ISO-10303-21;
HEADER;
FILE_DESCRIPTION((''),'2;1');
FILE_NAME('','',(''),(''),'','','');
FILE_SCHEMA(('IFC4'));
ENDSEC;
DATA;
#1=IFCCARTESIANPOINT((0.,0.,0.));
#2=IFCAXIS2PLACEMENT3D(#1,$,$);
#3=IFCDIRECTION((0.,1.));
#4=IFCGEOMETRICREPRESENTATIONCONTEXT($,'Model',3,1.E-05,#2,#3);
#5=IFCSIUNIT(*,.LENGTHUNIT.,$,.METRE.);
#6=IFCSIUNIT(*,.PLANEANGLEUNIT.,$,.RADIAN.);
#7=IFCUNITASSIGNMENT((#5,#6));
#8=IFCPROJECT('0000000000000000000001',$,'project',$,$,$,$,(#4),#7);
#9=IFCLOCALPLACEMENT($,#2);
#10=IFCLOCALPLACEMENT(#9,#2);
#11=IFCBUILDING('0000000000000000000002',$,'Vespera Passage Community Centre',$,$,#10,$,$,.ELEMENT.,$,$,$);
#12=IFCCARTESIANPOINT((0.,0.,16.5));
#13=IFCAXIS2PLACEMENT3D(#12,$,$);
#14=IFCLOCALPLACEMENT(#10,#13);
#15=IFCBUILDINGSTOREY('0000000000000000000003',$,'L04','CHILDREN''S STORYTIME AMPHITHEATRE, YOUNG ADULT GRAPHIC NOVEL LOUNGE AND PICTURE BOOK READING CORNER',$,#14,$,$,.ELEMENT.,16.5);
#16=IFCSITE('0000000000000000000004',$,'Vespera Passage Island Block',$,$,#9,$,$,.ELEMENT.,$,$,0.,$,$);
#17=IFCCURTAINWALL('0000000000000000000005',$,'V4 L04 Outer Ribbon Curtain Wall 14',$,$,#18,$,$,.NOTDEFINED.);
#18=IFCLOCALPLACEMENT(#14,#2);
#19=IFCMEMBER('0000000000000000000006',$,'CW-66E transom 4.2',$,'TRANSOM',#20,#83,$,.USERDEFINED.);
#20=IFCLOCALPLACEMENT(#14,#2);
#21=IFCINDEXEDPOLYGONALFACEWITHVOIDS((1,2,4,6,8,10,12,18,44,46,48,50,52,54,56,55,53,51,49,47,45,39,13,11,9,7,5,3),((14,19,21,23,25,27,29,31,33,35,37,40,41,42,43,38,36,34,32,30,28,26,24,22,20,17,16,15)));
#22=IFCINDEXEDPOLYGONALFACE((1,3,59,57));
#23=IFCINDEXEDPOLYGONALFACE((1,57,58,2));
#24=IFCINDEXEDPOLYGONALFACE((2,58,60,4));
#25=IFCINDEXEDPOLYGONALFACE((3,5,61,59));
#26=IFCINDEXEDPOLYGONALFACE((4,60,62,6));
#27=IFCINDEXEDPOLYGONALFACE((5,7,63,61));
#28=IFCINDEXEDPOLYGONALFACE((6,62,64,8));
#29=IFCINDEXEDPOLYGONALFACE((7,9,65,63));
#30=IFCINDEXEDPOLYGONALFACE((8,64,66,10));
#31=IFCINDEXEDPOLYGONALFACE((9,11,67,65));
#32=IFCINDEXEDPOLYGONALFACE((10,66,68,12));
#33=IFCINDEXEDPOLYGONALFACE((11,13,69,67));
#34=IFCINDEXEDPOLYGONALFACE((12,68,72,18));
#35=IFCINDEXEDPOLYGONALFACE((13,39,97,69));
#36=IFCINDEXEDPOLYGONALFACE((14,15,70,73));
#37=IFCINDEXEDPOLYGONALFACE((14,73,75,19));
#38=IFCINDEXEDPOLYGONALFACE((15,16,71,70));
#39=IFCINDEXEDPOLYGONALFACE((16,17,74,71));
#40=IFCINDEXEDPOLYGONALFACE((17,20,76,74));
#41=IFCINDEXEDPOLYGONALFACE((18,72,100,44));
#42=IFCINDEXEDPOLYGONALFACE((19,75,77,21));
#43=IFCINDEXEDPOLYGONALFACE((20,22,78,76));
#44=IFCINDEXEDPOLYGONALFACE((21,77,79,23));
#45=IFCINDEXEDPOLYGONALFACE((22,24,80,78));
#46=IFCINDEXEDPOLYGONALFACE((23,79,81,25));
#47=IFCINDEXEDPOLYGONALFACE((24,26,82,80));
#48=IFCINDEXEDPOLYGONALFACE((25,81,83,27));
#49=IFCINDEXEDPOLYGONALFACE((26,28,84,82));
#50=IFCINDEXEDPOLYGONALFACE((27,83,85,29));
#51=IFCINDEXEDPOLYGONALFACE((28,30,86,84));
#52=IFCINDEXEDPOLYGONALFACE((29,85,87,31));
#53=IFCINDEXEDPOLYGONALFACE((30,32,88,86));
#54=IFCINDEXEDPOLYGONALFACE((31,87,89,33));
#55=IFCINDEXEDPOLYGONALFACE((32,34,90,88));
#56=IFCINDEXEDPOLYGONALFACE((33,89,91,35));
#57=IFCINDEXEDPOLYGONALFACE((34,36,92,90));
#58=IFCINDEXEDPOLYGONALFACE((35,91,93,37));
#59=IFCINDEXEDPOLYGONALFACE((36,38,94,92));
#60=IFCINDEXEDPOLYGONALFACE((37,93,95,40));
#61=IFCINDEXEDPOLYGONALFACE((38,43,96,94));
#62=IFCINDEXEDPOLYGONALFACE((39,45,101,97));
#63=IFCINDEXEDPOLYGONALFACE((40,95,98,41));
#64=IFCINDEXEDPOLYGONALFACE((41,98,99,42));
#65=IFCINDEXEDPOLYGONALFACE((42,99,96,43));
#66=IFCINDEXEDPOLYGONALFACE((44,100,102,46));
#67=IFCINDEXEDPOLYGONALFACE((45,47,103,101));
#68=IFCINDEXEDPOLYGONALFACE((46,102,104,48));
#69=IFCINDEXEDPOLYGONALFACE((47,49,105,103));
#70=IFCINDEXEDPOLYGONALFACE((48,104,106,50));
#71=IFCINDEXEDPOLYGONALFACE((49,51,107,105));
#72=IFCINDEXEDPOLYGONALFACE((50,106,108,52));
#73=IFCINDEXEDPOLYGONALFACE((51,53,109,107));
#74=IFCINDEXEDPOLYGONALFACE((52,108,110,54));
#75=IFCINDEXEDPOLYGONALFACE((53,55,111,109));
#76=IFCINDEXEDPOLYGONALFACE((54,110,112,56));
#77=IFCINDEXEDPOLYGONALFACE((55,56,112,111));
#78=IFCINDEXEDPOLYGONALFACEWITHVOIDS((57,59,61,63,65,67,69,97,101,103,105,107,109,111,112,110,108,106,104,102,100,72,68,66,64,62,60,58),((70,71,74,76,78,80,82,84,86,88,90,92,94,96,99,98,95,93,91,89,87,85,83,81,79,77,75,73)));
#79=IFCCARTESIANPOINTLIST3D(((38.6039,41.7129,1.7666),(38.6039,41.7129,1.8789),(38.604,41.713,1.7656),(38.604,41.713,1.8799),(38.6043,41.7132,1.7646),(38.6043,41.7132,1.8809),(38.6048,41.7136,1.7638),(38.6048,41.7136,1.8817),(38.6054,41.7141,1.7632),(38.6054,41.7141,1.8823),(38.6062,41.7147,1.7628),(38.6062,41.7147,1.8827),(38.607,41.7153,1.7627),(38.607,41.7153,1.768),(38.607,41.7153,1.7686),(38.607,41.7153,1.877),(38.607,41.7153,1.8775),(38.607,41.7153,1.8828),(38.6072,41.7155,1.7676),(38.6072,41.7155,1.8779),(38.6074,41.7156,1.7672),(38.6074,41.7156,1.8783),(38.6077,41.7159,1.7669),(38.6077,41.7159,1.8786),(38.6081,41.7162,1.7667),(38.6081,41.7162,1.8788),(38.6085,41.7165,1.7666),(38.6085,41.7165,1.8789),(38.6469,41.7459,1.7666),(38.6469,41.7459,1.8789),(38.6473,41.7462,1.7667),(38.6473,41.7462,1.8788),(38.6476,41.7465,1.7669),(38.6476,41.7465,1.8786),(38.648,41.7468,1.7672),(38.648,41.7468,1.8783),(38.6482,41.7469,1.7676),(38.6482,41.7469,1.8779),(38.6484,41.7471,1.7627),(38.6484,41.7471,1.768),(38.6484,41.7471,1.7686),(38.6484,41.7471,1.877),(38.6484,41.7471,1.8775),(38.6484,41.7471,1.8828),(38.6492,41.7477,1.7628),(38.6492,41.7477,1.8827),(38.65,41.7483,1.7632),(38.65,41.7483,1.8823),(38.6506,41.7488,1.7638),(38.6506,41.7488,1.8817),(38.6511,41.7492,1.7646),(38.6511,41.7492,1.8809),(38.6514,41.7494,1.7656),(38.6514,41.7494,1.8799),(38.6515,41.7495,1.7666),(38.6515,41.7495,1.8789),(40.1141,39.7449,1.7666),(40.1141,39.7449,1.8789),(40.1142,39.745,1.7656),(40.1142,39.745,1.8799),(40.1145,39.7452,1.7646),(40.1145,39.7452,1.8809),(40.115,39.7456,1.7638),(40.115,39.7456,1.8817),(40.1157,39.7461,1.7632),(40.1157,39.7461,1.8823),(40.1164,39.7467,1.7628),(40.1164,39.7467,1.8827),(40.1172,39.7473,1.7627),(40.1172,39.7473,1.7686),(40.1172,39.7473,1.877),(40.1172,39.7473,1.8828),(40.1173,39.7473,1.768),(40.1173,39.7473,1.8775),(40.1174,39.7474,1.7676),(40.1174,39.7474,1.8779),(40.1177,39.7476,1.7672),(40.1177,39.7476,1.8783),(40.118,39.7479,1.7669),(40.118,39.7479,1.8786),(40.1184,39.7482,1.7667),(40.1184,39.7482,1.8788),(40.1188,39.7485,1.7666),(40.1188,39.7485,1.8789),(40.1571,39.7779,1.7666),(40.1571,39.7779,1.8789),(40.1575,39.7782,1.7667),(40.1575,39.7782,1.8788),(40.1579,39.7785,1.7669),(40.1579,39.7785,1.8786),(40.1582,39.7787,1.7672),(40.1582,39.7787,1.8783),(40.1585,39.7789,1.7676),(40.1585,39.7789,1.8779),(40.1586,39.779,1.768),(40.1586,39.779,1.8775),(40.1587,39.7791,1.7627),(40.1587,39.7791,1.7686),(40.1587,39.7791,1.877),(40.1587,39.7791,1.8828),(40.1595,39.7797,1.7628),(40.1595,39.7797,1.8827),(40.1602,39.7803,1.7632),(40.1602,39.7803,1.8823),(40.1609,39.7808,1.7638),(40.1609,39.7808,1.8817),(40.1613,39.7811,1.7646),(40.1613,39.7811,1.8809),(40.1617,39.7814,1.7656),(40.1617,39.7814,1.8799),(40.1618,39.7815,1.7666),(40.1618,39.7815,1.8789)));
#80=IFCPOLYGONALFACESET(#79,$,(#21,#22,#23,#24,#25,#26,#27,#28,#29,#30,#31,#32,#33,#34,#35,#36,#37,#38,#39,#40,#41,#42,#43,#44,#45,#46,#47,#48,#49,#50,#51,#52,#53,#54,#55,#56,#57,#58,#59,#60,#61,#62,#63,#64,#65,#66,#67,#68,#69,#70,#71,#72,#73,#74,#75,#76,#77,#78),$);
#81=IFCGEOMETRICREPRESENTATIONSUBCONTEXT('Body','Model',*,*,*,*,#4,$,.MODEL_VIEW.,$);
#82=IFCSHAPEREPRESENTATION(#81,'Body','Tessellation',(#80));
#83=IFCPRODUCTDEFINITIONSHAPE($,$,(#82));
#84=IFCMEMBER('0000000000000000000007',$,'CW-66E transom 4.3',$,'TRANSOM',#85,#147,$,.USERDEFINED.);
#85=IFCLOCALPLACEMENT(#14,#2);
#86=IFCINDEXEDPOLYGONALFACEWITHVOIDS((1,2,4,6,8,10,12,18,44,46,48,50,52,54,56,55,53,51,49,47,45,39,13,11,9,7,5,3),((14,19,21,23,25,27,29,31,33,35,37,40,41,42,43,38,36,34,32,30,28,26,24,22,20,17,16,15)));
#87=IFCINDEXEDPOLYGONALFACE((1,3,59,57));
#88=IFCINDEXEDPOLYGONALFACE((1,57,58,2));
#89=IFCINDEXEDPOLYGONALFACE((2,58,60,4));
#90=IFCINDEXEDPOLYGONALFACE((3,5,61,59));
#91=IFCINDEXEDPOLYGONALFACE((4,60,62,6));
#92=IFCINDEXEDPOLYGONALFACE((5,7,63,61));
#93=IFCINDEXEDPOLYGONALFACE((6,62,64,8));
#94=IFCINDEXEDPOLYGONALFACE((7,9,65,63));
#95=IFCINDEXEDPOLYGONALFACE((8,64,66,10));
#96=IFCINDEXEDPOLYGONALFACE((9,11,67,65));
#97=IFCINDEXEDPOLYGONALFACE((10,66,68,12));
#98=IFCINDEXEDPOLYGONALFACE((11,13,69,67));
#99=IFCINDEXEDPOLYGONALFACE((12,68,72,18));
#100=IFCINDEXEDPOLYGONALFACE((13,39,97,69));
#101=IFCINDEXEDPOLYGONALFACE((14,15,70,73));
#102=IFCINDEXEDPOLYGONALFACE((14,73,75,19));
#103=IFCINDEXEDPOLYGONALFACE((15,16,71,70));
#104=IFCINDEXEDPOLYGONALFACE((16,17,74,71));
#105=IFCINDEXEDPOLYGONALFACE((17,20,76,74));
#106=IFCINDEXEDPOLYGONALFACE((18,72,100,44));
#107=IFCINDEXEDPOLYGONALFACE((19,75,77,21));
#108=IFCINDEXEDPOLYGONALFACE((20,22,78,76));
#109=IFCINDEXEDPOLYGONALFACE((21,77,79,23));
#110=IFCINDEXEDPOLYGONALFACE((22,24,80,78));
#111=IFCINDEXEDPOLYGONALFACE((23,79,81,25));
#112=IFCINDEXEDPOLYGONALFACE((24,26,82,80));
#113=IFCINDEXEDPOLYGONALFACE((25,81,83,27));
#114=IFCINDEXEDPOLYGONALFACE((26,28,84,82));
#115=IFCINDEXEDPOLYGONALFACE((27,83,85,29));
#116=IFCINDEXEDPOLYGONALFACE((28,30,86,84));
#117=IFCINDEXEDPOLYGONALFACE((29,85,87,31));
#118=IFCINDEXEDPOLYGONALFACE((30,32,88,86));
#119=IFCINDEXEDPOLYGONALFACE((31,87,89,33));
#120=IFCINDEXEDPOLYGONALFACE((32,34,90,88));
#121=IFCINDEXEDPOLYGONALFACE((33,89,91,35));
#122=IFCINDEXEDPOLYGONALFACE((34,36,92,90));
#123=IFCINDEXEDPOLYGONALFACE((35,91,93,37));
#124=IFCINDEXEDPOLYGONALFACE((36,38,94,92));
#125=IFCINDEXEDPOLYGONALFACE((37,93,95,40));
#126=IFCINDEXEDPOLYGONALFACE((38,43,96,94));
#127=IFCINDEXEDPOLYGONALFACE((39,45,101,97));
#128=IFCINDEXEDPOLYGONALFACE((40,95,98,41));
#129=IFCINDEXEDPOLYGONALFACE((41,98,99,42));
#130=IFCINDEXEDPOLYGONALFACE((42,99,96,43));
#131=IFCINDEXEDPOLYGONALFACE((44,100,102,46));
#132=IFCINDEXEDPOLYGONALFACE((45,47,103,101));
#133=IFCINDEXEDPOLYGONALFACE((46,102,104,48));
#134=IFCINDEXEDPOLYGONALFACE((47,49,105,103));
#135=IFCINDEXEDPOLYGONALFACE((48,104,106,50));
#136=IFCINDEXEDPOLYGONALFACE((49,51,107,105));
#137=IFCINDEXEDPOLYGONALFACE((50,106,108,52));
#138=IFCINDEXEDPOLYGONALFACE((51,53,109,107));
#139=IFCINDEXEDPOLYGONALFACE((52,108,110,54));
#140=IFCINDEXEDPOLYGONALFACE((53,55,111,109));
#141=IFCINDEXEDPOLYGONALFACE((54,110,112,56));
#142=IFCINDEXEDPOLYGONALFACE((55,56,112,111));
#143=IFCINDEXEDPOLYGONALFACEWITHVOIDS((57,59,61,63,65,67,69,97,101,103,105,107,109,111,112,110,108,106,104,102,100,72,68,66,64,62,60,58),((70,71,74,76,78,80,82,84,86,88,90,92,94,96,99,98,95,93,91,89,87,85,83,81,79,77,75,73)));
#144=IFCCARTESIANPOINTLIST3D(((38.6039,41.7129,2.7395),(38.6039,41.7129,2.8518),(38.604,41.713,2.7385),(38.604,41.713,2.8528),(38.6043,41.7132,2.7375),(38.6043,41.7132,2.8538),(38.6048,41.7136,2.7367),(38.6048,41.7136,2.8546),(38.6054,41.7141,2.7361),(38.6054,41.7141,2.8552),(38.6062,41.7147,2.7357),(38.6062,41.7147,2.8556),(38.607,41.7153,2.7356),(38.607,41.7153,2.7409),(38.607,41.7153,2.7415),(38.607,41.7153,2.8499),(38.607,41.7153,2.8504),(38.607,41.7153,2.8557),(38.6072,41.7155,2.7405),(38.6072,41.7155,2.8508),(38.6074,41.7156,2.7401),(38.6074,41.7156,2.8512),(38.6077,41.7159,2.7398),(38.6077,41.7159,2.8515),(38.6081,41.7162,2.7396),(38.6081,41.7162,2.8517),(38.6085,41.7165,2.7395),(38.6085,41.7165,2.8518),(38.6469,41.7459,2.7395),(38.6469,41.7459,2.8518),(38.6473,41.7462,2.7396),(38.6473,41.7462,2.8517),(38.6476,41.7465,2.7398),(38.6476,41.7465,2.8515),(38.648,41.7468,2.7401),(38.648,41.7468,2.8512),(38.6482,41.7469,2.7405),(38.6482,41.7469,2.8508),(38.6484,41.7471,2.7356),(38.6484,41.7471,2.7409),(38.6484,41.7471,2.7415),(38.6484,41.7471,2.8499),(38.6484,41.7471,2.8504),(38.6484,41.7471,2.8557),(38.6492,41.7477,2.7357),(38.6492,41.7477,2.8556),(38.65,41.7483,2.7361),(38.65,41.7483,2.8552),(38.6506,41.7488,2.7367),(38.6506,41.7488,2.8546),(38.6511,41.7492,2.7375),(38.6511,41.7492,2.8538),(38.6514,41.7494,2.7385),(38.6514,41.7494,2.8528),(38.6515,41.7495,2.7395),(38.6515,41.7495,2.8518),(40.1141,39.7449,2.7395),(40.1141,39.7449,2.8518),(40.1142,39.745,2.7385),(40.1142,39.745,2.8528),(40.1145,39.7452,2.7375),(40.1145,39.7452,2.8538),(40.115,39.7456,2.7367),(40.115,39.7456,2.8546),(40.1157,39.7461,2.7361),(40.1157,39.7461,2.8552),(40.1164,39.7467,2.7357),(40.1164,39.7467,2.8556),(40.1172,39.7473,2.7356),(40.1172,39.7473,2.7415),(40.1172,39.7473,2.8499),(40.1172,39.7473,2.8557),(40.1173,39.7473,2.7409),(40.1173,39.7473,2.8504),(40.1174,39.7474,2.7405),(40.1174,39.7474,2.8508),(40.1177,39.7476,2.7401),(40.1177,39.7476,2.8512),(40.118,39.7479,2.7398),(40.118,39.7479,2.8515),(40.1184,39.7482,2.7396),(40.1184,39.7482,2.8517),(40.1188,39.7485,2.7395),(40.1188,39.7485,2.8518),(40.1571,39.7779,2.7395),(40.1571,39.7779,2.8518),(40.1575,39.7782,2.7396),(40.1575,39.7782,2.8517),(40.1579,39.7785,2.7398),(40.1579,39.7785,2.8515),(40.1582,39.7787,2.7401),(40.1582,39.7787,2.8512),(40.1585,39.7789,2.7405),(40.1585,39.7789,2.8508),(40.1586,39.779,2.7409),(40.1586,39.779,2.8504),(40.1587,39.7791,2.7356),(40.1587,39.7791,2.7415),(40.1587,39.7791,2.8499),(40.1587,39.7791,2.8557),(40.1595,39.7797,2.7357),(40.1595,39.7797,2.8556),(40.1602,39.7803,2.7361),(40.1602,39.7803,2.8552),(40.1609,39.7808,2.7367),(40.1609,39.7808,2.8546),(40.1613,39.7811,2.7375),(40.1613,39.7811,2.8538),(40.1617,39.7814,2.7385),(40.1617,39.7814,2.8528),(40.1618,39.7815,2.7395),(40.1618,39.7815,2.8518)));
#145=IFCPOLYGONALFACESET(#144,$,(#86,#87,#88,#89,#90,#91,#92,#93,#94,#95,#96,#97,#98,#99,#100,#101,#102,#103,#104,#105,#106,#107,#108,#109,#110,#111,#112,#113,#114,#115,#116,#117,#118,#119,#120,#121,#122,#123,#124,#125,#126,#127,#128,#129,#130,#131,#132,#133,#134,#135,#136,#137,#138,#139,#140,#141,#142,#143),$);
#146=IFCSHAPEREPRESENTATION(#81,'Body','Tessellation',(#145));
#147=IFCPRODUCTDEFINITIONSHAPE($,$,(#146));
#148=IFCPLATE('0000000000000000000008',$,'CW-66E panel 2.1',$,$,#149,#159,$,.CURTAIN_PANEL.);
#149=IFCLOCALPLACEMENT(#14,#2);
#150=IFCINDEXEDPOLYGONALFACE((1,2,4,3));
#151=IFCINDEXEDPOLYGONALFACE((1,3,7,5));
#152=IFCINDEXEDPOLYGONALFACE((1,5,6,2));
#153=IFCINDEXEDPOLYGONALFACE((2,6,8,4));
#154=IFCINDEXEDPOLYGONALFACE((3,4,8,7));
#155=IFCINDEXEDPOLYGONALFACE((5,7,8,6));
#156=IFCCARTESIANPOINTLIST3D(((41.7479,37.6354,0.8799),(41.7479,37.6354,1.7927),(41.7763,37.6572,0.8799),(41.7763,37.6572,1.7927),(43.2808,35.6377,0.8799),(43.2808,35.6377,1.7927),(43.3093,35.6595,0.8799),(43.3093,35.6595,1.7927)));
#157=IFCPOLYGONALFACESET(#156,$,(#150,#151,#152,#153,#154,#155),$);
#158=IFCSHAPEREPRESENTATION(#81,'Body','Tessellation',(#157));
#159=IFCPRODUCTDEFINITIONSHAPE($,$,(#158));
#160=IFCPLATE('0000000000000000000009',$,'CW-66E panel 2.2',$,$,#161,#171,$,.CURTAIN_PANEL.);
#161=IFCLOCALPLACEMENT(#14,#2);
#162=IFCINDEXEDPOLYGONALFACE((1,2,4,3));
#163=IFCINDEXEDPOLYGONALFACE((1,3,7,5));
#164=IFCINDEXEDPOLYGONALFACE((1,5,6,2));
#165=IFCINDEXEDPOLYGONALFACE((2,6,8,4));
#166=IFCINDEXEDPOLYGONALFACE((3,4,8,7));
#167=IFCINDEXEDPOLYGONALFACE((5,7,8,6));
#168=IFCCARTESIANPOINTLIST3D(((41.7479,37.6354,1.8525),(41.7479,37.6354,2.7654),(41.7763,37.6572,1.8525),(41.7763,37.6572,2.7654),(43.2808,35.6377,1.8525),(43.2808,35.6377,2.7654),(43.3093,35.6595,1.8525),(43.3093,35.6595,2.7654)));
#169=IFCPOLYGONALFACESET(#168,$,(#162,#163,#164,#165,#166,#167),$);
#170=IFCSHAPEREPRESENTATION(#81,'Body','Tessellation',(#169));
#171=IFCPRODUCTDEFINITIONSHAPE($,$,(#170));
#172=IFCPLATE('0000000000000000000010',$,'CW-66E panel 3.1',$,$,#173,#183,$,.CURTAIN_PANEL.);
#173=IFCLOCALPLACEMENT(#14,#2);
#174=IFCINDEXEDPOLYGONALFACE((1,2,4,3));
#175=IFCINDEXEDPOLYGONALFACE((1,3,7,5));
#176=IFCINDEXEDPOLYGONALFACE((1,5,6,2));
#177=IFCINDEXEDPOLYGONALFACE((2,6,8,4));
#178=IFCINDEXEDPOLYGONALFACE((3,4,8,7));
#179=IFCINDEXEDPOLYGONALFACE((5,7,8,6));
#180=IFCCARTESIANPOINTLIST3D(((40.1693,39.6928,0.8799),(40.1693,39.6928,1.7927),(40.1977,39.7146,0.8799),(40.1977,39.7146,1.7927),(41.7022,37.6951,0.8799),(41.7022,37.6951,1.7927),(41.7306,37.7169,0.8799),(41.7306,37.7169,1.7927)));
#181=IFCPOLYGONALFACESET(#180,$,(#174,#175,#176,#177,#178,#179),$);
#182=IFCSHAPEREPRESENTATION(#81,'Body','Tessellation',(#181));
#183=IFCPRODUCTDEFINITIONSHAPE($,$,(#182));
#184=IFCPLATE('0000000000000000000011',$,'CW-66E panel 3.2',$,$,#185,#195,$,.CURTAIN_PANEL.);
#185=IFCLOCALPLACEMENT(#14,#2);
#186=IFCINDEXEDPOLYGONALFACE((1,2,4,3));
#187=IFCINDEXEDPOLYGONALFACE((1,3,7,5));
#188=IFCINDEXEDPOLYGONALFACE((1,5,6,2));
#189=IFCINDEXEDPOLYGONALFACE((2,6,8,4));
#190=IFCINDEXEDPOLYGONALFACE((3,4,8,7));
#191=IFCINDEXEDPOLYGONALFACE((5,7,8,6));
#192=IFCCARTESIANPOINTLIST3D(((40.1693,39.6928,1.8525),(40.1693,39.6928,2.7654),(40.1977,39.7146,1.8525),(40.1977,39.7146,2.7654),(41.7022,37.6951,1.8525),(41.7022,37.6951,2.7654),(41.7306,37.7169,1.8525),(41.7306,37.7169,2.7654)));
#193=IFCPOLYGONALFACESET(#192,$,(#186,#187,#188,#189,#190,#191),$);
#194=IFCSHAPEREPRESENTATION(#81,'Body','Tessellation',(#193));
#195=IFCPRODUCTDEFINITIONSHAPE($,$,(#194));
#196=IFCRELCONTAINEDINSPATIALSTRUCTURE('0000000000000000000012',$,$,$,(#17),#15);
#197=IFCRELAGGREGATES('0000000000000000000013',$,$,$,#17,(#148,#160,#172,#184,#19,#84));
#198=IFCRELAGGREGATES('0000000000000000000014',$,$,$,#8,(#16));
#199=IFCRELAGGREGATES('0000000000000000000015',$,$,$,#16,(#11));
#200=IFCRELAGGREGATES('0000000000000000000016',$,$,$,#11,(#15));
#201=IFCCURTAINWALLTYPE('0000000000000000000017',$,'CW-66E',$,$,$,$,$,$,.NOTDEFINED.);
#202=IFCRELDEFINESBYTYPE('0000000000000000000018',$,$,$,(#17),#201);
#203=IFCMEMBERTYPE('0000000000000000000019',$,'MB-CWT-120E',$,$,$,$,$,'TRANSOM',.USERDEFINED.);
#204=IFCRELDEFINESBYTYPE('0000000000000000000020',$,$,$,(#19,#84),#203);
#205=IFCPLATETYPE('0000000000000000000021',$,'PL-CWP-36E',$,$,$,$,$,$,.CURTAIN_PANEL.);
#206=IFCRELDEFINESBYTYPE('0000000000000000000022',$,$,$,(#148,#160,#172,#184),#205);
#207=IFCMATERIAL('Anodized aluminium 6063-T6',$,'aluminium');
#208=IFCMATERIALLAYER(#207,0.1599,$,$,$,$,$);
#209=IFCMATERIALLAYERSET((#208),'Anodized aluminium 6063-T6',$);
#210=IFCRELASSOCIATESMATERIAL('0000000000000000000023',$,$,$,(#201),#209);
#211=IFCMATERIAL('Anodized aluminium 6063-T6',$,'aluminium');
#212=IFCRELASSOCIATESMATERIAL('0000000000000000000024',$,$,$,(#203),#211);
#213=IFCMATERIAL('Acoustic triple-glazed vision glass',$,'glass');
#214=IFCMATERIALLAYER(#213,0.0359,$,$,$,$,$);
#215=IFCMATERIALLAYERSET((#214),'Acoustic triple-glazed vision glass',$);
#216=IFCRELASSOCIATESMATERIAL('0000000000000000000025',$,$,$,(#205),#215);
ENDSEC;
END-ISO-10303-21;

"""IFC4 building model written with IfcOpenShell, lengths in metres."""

from ifc_helpers import new_model, si_unit, direction, frame, origin, origin_2d, place, context, subcontext, project, spatial, rectangle, hollow_rectangle, extrude, material, layer, layer_set, material_profile, profile_set, type_object, element, aggregate, save


model = new_model("IFC4")

# Units and contexts
model_context = context("Model", 3, precision=1e-05, world=origin(), true_north=direction((0.0, 1.0)))
body_context = subcontext(model_context, "Body", "Model", "MODEL_VIEW")
ifc_project = project(units=[si_unit("LENGTHUNIT", "METRE"), si_unit("PLANEANGLEUNIT", "RADIAN")], contexts=[model_context])

# Site, building, storey
site_placement = place(None, origin())
site = spatial("IfcSite", under=ifc_project, at=site_placement, Name="Vespera Passage Island Block", CompositionType="ELEMENT", RefElevation=0.0)
building_placement = place(site_placement, origin())
building = spatial("IfcBuilding", under=site, at=building_placement, Name="Vespera Passage Community Centre", CompositionType="ELEMENT")
storey_placement = place(building_placement, frame((0.0, 0.0, 16.5)))
storey = spatial("IfcBuildingStorey", under=building, at=storey_placement, Name="L04", Description="CHILDREN'S STORYTIME AMPHITHEATRE, YOUNG ADULT GRAPHIC NOVEL LOUNGE AND PICTURE BOOK READING CORNER", CompositionType="ELEMENT", Elevation=16.5)

# Curtain wall, members, plates
ifc_material_1 = material(Name="Anodized aluminium 6063-T6", Category="aluminium")
ifc_layer_1 = layer(ifc_material_1, 0.1599)
ifc_layer_set_1 = layer_set([ifc_layer_1], Name="Anodized aluminium 6063-T6")
curtain_wall_type = type_object("IfcCurtainWallType", Name="CW-66E", PredefinedType="NOTDEFINED", material=ifc_layer_set_1)
curtain_wall_placement = place(storey_placement, origin())
curtain_wall = element("IfcCurtainWall", 1, at=curtain_wall_placement, inside=storey, type_object=curtain_wall_type, Name="V4 L04 Outer Ribbon Curtain Wall 14", PredefinedType="NOTDEFINED")
ifc_material_2 = material(Name="Anodized aluminium 6063-T6", Category="aluminium")
ifc_material_profile_1 = material_profile(ifc_material_2, hollow_rectangle(XDim=0.0601, YDim=0.1201, WallThickness=0.0039, InnerFilletRadius=0.002, OuterFilletRadius=0.0039, at=origin_2d()), Name="ALU120X60X4")
ifc_profile_set_1 = profile_set([ifc_material_profile_1], Name="Anodized aluminium 6063-T6")
member_type_1 = type_object("IfcMemberType", Name="MB-CWT-120E", ElementType="TRANSOM", PredefinedType="USERDEFINED", material=ifc_profile_set_1)
member_1_placement = place(storey_placement, frame((40.1379, 39.7632, 1.8228), z_axis=(-0.608797, 0.793326, 0.0), x_axis=(-0.793326, -0.608797, 0.0)))
member_1 = element("IfcMember", 2, at=member_1_placement, type_object=member_type_1, Name="CW-66E transom 4.2", ObjectType="TRANSOM", PredefinedType="USERDEFINED", context=body_context, shape_type="SweptSolid", body=[
    extrude(hollow_rectangle(XDim=0.0601, YDim=0.1201, WallThickness=0.0039, InnerFilletRadius=0.002, OuterFilletRadius=0.0039, at=origin_2d()), origin(), (0.0, 0.0, 1.0), 2.4807),
])
member_2_placement = place(storey_placement, frame((40.1379, 39.7632, 2.7957), z_axis=(-0.608797, 0.793326, 0.0), x_axis=(-0.793326, -0.608797, 0.0)))
member_2 = element("IfcMember", 3, at=member_2_placement, type_object=member_type_1, Name="CW-66E transom 4.3", ObjectType="TRANSOM", PredefinedType="USERDEFINED", context=body_context, shape_type="SweptSolid", body=[
    extrude(hollow_rectangle(XDim=0.0601, YDim=0.1201, WallThickness=0.0039, InnerFilletRadius=0.002, OuterFilletRadius=0.0039, at=origin_2d()), origin(), (0.0, 0.0, 1.0), 2.4807),
])
ifc_material_3 = material(Name="Acoustic triple-glazed vision glass", Category="glass")
ifc_layer_2 = layer(ifc_material_3, 0.0359)
ifc_layer_set_2 = layer_set([ifc_layer_2], Name="Acoustic triple-glazed vision glass")
plate_type = type_object("IfcPlateType", Name="PL-CWP-36E", PredefinedType="CURTAIN_PANEL", material=ifc_layer_set_2)
plate_1_placement = place(storey_placement, frame((42.5286, 36.6475, 0.8799), z_axis=(0.0, 0.0, 1.0), x_axis=(-0.608765, 0.79335, 0.0)))
plate_1 = element("IfcPlate", 4, at=plate_1_placement, type_object=plate_type, Name="CW-66E panel 2.1", PredefinedType="CURTAIN_PANEL", context=body_context, shape_type="SweptSolid", body=[
    extrude(rectangle(XDim=2.5181, YDim=0.0359, at=origin_2d()), origin(), (0.0, 0.0, 1.0), 0.9128),
])
plate_2_placement = place(storey_placement, frame((42.5286, 36.6475, 1.8525), z_axis=(0.0, 0.0, 1.0), x_axis=(-0.608765, 0.79335, 0.0)))
plate_2 = element("IfcPlate", 5, at=plate_2_placement, type_object=plate_type, Name="CW-66E panel 2.2", PredefinedType="CURTAIN_PANEL", context=body_context, shape_type="SweptSolid", body=[
    extrude(rectangle(XDim=2.5181, YDim=0.0359, at=origin_2d()), origin(), (0.0, 0.0, 1.0), 0.9128),
])
plate_3_placement = place(storey_placement, frame((40.95, 38.7048, 0.8799), z_axis=(0.0, 0.0, 1.0), x_axis=(-0.608765, 0.79335, 0.0)))
plate_3 = element("IfcPlate", 6, at=plate_3_placement, type_object=plate_type, Name="CW-66E panel 3.1", PredefinedType="CURTAIN_PANEL", context=body_context, shape_type="SweptSolid", body=[
    extrude(rectangle(XDim=2.5181, YDim=0.0359, at=origin_2d()), origin(), (0.0, 0.0, 1.0), 0.9128),
])
plate_4_placement = place(storey_placement, frame((40.95, 38.7048, 1.8525), z_axis=(0.0, 0.0, 1.0), x_axis=(-0.608765, 0.79335, 0.0)))
plate_4 = element("IfcPlate", 7, at=plate_4_placement, type_object=plate_type, Name="CW-66E panel 3.2", PredefinedType="CURTAIN_PANEL", context=body_context, shape_type="SweptSolid", body=[
    extrude(rectangle(XDim=2.5181, YDim=0.0359, at=origin_2d()), origin(), (0.0, 0.0, 1.0), 0.9128),
])
aggregate(curtain_wall, [plate_1, plate_2, plate_3, plate_4, member_1, member_2])

save(model, "model.ifc")
